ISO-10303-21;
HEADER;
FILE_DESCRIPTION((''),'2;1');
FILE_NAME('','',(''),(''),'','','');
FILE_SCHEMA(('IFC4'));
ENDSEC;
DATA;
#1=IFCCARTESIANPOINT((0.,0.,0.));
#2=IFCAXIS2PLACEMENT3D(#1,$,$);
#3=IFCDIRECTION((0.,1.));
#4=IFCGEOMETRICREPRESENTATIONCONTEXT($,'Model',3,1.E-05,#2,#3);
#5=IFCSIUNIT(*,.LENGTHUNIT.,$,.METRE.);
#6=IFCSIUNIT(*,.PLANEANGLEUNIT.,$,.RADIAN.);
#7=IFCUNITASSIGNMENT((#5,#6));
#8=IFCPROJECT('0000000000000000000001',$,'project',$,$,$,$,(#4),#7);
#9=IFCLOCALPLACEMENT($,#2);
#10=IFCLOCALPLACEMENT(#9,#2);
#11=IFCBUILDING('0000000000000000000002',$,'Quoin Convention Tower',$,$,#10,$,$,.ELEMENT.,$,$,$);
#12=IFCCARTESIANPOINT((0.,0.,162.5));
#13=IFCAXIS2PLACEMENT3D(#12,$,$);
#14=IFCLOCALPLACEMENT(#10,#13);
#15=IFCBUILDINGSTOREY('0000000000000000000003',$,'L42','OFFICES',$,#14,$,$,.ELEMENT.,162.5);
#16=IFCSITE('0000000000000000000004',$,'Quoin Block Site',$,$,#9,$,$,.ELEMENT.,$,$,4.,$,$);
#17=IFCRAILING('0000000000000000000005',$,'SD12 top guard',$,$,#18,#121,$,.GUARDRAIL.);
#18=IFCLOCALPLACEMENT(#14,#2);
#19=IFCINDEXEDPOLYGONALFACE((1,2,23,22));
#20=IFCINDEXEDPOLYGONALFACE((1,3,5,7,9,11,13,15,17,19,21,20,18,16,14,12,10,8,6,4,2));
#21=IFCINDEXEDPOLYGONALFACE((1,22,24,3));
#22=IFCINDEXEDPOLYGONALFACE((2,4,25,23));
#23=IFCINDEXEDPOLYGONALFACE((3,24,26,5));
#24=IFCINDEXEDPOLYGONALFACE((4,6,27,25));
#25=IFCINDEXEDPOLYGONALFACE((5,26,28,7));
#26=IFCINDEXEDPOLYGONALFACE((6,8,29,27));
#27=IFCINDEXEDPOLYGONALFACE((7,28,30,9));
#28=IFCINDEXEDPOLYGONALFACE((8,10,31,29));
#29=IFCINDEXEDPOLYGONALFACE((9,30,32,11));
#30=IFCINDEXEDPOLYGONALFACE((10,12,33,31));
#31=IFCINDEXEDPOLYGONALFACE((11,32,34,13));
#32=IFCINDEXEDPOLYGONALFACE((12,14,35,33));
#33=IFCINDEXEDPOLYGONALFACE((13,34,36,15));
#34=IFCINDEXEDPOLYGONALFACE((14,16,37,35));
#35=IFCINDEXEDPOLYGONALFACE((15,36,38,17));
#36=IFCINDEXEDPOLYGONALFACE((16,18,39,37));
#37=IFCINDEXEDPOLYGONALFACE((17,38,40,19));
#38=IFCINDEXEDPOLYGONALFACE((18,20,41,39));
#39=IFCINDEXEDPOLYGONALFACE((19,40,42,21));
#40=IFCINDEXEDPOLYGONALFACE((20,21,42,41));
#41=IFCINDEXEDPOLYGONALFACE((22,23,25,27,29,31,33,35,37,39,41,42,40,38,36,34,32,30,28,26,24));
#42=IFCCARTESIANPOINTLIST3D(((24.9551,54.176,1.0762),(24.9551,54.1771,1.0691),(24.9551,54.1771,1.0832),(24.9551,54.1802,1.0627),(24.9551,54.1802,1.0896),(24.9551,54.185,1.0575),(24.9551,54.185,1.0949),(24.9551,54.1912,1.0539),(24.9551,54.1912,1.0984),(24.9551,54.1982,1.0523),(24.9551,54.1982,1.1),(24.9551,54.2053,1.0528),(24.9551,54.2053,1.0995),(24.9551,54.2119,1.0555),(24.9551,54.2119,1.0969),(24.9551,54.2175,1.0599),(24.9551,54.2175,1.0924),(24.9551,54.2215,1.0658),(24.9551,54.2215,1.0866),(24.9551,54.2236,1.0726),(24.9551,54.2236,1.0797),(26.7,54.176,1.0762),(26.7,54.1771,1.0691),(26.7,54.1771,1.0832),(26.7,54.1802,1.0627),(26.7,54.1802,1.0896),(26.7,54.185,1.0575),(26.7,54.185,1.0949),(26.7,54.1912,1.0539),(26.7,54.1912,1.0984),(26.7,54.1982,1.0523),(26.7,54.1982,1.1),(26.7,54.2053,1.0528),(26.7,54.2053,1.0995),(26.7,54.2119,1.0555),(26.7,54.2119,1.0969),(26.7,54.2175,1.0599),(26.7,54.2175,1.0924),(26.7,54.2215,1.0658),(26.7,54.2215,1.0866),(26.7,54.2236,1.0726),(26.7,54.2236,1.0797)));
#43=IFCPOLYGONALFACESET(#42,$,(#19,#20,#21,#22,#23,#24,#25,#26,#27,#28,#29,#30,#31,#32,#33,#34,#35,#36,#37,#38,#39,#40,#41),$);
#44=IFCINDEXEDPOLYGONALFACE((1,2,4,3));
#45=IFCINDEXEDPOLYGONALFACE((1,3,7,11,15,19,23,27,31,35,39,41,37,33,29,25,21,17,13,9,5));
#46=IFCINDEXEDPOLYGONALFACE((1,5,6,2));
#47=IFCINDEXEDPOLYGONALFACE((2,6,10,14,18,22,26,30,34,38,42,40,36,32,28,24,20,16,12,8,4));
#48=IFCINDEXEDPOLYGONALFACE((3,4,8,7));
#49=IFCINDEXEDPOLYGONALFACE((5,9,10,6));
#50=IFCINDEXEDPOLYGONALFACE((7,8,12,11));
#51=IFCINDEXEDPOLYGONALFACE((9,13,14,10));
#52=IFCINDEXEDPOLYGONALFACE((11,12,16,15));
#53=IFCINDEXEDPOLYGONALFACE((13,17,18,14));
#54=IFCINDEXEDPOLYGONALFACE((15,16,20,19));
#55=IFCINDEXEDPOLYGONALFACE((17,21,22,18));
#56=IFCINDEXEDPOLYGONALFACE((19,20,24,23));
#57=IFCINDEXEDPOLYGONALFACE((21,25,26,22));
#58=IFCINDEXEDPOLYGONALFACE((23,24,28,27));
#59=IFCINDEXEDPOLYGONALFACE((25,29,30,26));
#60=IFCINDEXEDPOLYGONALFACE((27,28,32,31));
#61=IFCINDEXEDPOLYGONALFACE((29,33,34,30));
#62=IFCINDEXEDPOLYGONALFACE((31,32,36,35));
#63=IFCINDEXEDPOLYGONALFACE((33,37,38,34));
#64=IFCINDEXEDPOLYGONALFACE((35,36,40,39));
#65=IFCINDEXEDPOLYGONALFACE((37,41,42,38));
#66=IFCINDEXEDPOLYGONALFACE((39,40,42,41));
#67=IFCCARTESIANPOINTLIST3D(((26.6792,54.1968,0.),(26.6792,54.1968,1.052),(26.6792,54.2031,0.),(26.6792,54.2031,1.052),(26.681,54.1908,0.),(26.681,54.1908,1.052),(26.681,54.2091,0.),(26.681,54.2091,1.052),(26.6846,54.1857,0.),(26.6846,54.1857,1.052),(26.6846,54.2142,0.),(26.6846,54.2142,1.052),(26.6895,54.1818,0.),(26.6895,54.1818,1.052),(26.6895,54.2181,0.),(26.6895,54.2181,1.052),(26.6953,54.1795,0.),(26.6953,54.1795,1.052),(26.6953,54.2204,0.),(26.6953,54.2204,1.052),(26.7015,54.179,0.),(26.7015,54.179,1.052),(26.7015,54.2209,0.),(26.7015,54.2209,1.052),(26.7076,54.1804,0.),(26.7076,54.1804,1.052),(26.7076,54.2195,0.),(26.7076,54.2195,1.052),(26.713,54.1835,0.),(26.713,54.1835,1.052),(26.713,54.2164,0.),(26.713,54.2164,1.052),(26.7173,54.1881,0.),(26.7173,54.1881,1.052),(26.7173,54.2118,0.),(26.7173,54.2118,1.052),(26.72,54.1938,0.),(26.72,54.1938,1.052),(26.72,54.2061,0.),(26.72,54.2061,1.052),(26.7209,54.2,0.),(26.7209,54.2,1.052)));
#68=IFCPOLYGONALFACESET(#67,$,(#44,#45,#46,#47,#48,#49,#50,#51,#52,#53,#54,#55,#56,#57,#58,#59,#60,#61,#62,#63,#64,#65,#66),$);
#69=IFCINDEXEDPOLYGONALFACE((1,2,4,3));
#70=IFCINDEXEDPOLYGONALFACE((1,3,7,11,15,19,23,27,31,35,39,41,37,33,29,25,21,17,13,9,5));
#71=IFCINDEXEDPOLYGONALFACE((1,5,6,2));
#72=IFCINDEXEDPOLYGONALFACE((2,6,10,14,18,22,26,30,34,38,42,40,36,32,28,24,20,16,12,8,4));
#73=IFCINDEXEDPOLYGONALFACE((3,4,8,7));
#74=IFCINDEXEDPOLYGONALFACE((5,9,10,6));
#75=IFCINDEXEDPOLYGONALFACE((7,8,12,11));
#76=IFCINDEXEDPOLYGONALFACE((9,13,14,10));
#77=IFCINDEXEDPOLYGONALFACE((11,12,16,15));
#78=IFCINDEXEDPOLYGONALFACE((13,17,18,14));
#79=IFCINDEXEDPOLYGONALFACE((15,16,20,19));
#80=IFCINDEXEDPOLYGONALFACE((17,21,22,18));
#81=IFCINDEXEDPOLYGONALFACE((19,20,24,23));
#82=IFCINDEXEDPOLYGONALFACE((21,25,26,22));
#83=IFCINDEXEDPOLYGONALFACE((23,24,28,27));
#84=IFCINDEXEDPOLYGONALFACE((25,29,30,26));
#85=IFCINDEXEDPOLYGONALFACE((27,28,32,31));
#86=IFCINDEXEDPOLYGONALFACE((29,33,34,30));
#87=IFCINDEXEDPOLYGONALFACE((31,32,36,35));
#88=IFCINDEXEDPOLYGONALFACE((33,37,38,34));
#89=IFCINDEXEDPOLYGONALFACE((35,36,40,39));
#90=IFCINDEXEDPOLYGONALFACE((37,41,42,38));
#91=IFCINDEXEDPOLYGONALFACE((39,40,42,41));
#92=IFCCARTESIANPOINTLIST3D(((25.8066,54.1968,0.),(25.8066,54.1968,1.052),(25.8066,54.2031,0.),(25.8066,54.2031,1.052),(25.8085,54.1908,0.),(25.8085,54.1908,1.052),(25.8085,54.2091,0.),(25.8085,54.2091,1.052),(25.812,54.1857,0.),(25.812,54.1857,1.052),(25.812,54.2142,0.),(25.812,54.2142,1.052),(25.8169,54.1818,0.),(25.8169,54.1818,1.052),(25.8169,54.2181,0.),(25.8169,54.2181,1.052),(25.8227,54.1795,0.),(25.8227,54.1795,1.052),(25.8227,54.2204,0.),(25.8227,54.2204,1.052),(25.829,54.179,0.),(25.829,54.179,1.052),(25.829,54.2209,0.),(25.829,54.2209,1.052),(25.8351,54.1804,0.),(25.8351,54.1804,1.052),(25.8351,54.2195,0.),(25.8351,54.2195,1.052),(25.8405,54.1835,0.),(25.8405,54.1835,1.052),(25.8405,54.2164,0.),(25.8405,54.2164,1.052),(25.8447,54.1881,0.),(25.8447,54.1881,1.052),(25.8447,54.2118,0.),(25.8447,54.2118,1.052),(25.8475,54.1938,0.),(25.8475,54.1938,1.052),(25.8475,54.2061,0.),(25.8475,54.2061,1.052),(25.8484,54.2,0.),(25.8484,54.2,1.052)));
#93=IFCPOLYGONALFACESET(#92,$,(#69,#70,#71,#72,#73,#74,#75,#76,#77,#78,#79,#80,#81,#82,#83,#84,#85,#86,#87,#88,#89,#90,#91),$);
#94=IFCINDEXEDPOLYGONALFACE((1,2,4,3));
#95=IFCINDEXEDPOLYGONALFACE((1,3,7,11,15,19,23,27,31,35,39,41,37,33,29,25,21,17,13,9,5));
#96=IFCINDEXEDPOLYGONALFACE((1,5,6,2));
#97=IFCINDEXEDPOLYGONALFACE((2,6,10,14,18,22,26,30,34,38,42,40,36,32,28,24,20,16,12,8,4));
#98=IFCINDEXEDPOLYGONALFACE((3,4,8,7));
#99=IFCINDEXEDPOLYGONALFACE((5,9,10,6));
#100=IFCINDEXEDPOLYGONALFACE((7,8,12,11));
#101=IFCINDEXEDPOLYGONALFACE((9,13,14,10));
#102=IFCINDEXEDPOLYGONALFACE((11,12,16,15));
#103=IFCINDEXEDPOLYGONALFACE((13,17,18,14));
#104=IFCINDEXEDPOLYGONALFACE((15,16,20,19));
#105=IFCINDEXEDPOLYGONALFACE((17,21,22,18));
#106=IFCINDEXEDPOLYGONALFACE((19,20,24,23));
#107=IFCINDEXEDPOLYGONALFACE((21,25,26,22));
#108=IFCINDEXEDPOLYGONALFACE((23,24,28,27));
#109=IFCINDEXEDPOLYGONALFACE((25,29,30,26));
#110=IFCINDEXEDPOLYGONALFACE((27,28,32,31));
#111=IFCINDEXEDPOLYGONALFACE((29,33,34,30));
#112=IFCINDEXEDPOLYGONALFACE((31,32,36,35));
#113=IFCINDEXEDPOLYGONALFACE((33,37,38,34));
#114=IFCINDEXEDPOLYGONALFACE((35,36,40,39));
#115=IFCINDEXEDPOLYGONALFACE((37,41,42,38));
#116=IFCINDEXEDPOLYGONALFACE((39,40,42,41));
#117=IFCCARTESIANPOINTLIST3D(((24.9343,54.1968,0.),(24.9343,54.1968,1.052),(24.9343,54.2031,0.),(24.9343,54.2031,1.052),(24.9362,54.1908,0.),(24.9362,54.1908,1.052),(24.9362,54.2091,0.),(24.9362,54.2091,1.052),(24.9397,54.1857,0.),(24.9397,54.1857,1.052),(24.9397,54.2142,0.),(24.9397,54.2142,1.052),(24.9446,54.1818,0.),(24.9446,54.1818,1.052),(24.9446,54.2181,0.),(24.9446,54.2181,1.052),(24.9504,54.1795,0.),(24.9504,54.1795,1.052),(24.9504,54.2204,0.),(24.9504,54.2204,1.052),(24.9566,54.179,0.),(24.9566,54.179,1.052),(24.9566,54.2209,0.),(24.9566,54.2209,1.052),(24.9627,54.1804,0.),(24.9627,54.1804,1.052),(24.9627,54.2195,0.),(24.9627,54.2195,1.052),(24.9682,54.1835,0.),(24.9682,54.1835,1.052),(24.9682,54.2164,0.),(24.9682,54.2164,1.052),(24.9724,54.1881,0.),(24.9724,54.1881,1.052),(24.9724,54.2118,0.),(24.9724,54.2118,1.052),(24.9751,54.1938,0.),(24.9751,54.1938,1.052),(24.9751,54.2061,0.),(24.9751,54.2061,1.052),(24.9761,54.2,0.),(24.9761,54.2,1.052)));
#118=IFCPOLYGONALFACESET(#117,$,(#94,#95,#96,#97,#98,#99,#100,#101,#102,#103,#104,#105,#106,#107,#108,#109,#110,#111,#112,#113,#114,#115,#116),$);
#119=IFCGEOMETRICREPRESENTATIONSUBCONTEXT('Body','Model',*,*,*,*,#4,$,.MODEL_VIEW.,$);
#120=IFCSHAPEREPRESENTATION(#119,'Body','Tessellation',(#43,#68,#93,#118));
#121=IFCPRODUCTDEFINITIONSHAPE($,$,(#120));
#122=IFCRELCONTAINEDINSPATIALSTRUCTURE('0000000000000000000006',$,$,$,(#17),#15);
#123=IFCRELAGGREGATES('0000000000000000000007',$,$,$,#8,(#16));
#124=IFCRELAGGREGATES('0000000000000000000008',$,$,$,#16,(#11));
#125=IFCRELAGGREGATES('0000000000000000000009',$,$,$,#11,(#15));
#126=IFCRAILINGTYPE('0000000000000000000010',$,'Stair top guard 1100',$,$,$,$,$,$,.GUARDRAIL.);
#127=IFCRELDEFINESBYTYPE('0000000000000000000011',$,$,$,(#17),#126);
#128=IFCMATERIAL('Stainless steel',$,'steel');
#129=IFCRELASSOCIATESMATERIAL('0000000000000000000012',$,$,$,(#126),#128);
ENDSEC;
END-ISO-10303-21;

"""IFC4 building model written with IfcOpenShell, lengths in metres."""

from ifc_helpers import new_model, si_unit, direction, frame, origin, origin_2d, place, context, subcontext, project, spatial, circle, extrude, material, type_object, element, save


model = new_model("IFC4")

# Units and contexts
model_context = context("Model", 3, precision=1e-05, world=origin(), true_north=direction((0.0, 1.0)))
body_context = subcontext(model_context, "Body", "Model", "MODEL_VIEW")
ifc_project = project(units=[si_unit("LENGTHUNIT", "METRE"), si_unit("PLANEANGLEUNIT", "RADIAN")], contexts=[model_context])

# Site, building, storey
site_placement = place(None, origin())
site = spatial("IfcSite", under=ifc_project, at=site_placement, Name="Quoin Block Site", CompositionType="ELEMENT", RefElevation=4.0)
building_placement = place(site_placement, origin())
building = spatial("IfcBuilding", under=site, at=building_placement, Name="Quoin Convention Tower", CompositionType="ELEMENT")
storey_placement = place(building_placement, frame((0.0, 0.0, 162.5)))
storey = spatial("IfcBuildingStorey", under=building, at=storey_placement, Name="L42", Description="OFFICES", CompositionType="ELEMENT", Elevation=162.5)

# Railing
ifc_material_1 = material(Name="Stainless steel", Category="steel")
railing_type_1 = type_object("IfcRailingType", Name="Stair top guard 1100", PredefinedType="GUARDRAIL", material=ifc_material_1)
for number, where, name in (
    (1, (26.7, 54.2, 0.0), "SD12 top guard"),
):
    element("IfcRailing", number, at=place(storey_placement, frame(where)), inside=storey, type_object=railing_type_1, Name=name, PredefinedType="GUARDRAIL", context=body_context, shape_type="SweptSolid", body=[
        extrude(circle(Radius=0.0239, at=origin_2d()), frame((0.0, 0.0, 1.0762), z_axis=(-1.0, 0.0, 0.0), x_axis=(0.0, -1.0, 0.0)), (0.0, 0.0, 1.0), 1.7449),
        extrude(circle(Radius=0.021, at=origin_2d()), origin(), (0.0, 0.0, 1.0), 1.052),
        extrude(circle(Radius=0.021, at=origin_2d()), frame((-0.8726, 0.0, 0.0)), (0.0, 0.0, 1.0), 1.052),
        extrude(circle(Radius=0.021, at=origin_2d()), frame((-1.7449, 0.0, 0.0)), (0.0, 0.0, 1.0), 1.052),
    ])

save(model, "model.ifc")
